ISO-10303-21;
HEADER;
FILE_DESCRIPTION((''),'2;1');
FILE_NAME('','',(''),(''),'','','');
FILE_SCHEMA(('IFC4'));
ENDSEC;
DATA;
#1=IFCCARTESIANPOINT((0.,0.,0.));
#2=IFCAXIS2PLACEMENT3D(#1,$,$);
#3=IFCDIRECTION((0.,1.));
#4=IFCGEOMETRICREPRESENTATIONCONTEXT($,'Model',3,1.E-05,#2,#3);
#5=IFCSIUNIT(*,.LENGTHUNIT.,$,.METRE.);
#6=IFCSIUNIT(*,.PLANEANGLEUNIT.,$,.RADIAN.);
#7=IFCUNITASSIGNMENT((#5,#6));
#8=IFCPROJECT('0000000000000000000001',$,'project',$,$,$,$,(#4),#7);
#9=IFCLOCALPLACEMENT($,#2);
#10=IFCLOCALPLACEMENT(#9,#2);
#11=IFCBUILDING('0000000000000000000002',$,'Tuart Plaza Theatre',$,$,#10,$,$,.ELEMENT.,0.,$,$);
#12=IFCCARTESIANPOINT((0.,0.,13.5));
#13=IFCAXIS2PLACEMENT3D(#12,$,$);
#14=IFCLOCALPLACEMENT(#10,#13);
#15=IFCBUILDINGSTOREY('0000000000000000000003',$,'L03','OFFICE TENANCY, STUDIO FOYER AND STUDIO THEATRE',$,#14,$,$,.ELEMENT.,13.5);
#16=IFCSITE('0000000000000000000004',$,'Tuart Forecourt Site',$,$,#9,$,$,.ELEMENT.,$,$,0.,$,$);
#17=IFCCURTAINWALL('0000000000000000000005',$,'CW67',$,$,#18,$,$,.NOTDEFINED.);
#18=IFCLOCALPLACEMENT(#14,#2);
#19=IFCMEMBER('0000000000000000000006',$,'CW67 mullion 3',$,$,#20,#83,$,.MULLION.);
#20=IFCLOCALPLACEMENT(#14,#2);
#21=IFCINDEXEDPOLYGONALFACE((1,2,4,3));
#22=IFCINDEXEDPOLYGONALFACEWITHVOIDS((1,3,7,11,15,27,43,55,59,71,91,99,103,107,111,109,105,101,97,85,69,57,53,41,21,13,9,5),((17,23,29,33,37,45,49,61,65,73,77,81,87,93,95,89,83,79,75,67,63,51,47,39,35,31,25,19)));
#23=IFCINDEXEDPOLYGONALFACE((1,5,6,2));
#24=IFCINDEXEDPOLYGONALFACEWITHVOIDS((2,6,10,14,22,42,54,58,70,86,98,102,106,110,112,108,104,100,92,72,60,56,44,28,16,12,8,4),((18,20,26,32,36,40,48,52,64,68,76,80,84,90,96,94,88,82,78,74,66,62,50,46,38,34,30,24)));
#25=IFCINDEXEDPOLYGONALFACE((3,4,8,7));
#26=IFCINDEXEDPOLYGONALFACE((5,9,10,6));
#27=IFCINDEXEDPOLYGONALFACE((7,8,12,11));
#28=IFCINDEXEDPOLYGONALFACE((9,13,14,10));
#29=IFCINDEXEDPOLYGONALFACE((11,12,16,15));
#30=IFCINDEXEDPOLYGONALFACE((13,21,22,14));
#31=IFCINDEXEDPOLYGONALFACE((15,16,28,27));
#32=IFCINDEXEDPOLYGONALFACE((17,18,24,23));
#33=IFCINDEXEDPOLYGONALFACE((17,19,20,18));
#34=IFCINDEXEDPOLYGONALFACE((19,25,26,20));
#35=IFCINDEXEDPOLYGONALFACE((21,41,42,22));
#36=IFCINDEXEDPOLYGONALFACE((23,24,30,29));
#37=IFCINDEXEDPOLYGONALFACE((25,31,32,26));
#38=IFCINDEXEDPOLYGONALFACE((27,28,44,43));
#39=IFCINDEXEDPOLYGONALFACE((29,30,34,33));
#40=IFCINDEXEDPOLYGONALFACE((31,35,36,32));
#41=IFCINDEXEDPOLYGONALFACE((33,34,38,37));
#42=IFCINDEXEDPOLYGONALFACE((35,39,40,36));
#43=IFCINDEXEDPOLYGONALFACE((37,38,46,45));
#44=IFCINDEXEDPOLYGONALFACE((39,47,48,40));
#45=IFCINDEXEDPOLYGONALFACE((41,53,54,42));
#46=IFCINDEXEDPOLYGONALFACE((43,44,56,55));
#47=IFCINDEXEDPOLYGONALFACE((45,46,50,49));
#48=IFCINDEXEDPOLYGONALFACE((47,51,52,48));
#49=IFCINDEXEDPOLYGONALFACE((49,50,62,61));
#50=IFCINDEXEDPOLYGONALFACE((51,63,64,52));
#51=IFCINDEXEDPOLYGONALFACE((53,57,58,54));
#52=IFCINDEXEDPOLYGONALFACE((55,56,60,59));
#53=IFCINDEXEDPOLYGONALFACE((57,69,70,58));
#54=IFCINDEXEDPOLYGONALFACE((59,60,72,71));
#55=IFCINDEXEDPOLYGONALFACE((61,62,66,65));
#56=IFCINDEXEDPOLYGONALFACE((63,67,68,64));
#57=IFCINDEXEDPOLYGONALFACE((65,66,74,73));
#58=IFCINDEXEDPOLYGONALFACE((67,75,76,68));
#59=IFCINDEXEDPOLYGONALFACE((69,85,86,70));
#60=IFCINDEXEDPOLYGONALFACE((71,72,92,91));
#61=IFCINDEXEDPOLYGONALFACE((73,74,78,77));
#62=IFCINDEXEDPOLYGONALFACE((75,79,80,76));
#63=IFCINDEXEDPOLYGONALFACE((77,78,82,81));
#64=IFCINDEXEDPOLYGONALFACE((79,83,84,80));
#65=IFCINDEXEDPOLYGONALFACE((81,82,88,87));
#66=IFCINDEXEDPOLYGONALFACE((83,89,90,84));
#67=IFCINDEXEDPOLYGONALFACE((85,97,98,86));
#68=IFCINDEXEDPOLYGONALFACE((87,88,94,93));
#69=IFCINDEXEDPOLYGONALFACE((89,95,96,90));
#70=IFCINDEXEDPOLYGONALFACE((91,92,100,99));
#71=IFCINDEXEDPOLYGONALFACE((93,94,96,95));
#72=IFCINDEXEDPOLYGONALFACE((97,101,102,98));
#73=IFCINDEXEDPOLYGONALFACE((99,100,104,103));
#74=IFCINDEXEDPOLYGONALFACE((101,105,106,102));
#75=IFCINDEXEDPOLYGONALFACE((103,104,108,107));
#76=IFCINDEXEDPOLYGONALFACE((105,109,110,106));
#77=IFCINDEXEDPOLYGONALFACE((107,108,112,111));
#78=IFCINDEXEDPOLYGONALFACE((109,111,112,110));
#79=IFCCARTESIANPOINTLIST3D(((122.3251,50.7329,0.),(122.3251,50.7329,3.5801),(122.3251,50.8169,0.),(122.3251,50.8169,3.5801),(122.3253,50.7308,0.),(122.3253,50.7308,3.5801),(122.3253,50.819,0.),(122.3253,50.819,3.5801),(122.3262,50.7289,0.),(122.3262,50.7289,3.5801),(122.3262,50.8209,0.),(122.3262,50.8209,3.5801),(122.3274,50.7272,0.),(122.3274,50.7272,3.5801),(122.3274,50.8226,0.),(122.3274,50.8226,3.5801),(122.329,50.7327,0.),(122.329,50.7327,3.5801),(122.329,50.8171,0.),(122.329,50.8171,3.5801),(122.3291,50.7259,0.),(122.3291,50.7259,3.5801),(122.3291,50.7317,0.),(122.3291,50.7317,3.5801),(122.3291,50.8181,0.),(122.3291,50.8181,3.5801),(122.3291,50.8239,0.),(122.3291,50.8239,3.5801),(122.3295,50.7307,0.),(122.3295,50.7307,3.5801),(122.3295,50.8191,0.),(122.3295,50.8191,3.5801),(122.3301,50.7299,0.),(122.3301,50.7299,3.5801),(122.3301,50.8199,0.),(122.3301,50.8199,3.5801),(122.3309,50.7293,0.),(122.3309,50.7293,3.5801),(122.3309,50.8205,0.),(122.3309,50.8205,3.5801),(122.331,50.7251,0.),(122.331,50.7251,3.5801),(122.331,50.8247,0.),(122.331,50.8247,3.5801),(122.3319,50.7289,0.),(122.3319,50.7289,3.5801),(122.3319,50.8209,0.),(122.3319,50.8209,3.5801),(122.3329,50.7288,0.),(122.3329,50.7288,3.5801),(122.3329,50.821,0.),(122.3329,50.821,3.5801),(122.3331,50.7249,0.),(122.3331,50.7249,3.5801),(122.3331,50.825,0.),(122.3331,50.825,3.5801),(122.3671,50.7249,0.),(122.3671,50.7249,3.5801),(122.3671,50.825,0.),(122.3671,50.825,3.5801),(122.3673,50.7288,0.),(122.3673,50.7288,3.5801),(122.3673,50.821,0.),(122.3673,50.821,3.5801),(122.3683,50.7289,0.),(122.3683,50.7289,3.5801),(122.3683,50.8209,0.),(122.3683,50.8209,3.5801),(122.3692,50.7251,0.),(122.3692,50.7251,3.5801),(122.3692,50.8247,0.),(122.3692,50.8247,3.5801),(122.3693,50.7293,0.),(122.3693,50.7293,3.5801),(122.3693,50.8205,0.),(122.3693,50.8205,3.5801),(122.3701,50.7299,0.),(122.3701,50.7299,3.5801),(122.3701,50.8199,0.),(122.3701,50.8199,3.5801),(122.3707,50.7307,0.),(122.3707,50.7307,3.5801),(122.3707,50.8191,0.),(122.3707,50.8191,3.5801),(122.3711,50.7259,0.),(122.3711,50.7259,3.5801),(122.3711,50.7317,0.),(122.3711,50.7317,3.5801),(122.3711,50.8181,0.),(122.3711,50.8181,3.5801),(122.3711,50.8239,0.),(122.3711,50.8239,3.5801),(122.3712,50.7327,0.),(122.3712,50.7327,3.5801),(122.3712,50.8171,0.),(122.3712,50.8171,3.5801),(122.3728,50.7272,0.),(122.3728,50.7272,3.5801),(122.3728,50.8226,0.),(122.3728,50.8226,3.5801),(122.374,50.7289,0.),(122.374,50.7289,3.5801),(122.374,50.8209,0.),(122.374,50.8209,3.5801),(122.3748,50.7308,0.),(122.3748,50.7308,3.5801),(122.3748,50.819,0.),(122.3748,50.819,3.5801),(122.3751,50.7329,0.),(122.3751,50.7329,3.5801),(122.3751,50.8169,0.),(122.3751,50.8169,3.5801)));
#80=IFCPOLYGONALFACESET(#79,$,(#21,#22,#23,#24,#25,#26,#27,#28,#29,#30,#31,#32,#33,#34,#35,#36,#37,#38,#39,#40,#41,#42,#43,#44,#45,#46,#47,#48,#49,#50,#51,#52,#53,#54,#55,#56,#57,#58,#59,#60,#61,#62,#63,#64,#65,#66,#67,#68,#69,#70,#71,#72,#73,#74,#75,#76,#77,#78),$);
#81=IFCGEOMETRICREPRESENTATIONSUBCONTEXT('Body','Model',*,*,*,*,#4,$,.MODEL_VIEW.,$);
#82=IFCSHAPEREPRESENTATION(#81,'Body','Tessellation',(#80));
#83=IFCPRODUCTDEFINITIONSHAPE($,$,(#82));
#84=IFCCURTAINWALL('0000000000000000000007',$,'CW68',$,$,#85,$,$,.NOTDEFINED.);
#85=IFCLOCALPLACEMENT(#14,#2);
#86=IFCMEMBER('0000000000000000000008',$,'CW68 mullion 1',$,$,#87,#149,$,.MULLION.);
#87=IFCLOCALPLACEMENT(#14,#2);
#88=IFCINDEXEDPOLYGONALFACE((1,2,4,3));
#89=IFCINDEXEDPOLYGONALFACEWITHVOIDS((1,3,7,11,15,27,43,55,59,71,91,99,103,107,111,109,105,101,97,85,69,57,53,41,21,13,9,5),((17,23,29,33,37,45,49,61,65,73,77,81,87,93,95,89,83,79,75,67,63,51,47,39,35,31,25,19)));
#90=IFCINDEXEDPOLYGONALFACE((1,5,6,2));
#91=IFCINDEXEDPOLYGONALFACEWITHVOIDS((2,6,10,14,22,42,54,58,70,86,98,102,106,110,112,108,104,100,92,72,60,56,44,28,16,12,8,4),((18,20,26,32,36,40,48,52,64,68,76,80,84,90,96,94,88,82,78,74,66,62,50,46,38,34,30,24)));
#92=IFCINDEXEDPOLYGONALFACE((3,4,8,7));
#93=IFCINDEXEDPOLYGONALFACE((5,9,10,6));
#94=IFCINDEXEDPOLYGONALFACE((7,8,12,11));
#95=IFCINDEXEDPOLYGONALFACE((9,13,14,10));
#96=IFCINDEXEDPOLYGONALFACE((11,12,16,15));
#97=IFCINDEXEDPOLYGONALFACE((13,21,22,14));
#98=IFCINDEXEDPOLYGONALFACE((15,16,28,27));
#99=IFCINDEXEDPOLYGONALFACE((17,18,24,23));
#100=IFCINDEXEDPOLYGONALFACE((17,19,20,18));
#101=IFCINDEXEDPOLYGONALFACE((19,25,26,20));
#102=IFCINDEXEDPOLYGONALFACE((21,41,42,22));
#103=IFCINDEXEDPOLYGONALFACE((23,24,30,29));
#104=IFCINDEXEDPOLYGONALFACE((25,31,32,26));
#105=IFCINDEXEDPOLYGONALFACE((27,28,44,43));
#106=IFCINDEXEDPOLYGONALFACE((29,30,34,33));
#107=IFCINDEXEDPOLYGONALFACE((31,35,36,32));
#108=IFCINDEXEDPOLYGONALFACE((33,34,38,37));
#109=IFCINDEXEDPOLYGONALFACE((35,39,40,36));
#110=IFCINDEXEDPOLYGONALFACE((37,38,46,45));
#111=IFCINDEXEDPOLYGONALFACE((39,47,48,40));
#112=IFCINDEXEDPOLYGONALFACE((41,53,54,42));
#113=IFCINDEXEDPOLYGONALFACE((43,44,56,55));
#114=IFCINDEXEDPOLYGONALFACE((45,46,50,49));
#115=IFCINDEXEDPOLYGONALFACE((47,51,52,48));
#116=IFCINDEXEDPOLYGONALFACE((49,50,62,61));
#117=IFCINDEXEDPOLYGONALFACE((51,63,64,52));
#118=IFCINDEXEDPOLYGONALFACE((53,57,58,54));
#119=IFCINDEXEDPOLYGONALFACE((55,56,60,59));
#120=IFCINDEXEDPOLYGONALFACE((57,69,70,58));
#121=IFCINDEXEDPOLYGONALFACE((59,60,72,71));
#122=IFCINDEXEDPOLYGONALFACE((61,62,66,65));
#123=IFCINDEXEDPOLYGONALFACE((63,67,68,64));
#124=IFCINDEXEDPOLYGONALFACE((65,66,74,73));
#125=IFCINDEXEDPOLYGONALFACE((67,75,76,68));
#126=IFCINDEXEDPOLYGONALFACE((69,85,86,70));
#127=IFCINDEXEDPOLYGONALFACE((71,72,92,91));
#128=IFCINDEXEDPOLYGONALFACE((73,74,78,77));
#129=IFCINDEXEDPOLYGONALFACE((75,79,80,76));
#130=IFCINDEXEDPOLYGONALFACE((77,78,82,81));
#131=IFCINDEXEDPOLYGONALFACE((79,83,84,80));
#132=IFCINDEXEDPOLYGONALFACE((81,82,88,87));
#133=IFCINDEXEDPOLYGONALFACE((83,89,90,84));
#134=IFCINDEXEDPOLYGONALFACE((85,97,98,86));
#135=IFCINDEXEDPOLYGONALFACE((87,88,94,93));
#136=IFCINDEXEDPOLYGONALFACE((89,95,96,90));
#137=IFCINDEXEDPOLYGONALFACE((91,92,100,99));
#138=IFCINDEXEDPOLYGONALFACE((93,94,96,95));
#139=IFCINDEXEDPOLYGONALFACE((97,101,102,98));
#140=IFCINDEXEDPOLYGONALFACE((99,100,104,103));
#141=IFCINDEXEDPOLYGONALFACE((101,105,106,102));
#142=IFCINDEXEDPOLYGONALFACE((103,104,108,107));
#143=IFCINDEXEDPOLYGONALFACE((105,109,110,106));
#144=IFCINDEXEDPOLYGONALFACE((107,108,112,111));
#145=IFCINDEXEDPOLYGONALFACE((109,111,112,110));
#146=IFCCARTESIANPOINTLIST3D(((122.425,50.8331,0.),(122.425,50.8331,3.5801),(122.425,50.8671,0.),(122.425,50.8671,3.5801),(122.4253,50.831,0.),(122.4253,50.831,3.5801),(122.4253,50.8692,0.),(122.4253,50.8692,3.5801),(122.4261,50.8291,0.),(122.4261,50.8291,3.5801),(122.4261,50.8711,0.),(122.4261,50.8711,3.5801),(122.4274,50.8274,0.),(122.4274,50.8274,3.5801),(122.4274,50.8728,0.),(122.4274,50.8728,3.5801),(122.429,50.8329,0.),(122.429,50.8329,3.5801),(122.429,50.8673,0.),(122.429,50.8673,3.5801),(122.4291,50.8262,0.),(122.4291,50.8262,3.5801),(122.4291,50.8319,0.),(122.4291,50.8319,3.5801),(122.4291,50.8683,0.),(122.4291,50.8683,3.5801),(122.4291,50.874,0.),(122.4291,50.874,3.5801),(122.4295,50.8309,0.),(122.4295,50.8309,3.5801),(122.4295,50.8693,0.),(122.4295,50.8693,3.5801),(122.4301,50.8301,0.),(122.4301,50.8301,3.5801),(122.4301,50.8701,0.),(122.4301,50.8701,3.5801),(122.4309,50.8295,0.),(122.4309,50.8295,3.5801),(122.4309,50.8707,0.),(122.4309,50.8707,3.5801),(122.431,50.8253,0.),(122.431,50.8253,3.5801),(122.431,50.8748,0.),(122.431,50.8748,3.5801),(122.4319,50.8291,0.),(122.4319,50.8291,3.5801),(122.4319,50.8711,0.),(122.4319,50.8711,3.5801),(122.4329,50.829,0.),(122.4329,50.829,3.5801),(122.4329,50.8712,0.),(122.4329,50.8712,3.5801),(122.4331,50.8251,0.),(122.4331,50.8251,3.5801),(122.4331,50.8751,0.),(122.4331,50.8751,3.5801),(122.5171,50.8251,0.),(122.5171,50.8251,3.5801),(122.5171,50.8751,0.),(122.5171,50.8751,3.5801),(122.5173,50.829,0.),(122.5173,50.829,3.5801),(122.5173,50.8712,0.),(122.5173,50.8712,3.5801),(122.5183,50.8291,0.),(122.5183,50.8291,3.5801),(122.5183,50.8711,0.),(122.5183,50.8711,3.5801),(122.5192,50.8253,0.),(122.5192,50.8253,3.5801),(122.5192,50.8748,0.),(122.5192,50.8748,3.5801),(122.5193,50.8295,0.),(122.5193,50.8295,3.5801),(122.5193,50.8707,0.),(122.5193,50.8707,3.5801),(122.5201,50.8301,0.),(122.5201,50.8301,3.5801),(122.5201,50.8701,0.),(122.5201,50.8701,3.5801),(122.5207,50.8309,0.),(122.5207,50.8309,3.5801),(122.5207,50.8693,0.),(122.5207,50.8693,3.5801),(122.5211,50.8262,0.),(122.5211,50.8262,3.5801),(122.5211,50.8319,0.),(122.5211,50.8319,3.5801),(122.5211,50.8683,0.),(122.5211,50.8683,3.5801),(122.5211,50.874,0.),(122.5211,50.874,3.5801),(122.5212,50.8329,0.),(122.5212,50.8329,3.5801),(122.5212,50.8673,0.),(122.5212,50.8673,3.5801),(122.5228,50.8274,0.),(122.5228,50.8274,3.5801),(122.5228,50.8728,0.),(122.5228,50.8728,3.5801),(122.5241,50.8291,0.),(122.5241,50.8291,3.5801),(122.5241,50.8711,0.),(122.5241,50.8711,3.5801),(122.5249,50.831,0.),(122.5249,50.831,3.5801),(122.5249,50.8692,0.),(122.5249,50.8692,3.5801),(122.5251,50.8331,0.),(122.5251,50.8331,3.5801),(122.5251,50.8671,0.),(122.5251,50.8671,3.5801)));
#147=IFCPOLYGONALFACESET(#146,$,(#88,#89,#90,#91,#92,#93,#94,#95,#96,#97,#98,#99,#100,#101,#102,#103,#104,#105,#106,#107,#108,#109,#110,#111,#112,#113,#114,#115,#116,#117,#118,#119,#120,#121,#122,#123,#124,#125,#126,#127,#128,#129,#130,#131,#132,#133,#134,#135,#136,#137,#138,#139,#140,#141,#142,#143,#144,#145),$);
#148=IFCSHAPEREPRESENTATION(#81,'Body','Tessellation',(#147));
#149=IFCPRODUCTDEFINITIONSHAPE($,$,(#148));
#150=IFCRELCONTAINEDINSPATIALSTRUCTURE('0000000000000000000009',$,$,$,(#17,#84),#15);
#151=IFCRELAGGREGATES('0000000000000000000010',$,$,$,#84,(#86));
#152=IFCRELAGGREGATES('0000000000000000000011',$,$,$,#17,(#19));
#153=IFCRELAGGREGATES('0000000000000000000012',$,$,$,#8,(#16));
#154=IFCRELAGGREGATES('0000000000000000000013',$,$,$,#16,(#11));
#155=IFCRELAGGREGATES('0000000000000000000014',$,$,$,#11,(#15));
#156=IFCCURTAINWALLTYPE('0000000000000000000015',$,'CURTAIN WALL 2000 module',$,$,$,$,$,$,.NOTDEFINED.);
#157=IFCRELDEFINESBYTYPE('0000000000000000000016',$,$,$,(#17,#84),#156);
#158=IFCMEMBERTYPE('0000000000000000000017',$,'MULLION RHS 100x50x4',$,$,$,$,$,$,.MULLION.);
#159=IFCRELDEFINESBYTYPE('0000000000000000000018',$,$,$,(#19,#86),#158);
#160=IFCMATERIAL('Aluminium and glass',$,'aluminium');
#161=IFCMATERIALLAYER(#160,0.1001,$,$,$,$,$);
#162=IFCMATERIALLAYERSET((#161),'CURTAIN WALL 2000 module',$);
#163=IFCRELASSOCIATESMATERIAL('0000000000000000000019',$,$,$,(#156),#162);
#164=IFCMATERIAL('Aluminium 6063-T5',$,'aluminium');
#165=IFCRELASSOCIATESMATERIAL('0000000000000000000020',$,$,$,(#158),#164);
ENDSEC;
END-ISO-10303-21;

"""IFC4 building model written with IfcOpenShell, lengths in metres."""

from ifc_helpers import new_model, si_unit, direction, frame, origin, origin_2d, place, context, subcontext, project, spatial, hollow_rectangle, extrude, material, layer, layer_set, material_profile, profile_set, type_object, element, aggregate, save


model = new_model("IFC4")

# Units and contexts
model_context = context("Model", 3, precision=1e-05, world=origin(), true_north=direction((0.0, 1.0)))
body_context = subcontext(model_context, "Body", "Model", "MODEL_VIEW")
ifc_project = project(units=[si_unit("LENGTHUNIT", "METRE"), si_unit("PLANEANGLEUNIT", "RADIAN")], contexts=[model_context])

# Site, building, storey
site_placement = place(None, origin())
site = spatial("IfcSite", under=ifc_project, at=site_placement, Name="Tuart Forecourt Site", CompositionType="ELEMENT", RefElevation=0.0)
building_placement = place(site_placement, origin())
building = spatial("IfcBuilding", under=site, at=building_placement, Name="Tuart Plaza Theatre", CompositionType="ELEMENT", ElevationOfRefHeight=0.0)
storey_placement = place(building_placement, frame((0.0, 0.0, 13.5)))
storey = spatial("IfcBuildingStorey", under=building, at=storey_placement, Name="L03", Description="OFFICE TENANCY, STUDIO FOYER AND STUDIO THEATRE", CompositionType="ELEMENT", Elevation=13.5)

# Curtain wall, member
ifc_material_1 = material(Name="Aluminium and glass", Category="aluminium")
ifc_layer_1 = layer(ifc_material_1, 0.1001)
ifc_layer_set_1 = layer_set([ifc_layer_1], Name="CURTAIN WALL 2000 module")
curtain_wall_type = type_object("IfcCurtainWallType", Name="CURTAIN WALL 2000 module", PredefinedType="NOTDEFINED", material=ifc_layer_set_1)
curtain_wall_1_placement = place(storey_placement, origin())
curtain_wall_1 = element("IfcCurtainWall", 1, at=curtain_wall_1_placement, inside=storey, type_object=curtain_wall_type, Name="CW67", PredefinedType="NOTDEFINED")
ifc_material_2 = material(Name="Aluminium 6063-T5", Category="aluminium")
ifc_material_profile_1 = material_profile(ifc_material_2, hollow_rectangle(XDim=0.05, YDim=0.1001, WallThickness=0.0039, InnerFilletRadius=0.0039, OuterFilletRadius=0.0081, at=origin_2d()), Name="RHS 100x50x4")
ifc_profile_set_1 = profile_set([ifc_material_profile_1], Name="Aluminium 6063-T5")
member_type_1 = type_object("IfcMemberType", Name="MULLION RHS 100x50x4", PredefinedType="MULLION", material=ifc_profile_set_1)
member_1_placement = place(storey_placement, frame((122.3501, 50.7749, 0.0), z_axis=(0.0, 0.0, 1.0), x_axis=(1.0, 0.0, 0.0)))
member_1 = element("IfcMember", 2, at=member_1_placement, type_object=member_type_1, Name="CW67 mullion 3", PredefinedType="MULLION", context=body_context, shape_type="SweptSolid", body=[
    extrude(hollow_rectangle(XDim=0.05, YDim=0.1001, WallThickness=0.0039, InnerFilletRadius=0.0039, OuterFilletRadius=0.0081, at=origin_2d()), origin(), (0.0, 0.0, 1.0), 3.5801),
])

# Curtain wall, member
curtain_wall_2_placement = place(storey_placement, origin())
curtain_wall_2 = element("IfcCurtainWall", 3, at=curtain_wall_2_placement, inside=storey, type_object=curtain_wall_type, Name="CW68", PredefinedType="NOTDEFINED")
member_2_placement = place(storey_placement, frame((122.4751, 50.8501, 0.0), z_axis=(0.0, 0.0, 1.0), x_axis=(0.0, 1.0, 0.0)))
member_2 = element("IfcMember", 4, at=member_2_placement, type_object=member_type_1, Name="CW68 mullion 1", PredefinedType="MULLION", context=body_context, shape_type="SweptSolid", body=[
    extrude(hollow_rectangle(XDim=0.05, YDim=0.1001, WallThickness=0.0039, InnerFilletRadius=0.0039, OuterFilletRadius=0.0081, at=origin_2d()), origin(), (0.0, 0.0, 1.0), 3.5801),
])
aggregate(curtain_wall_2, [member_2])

aggregate(curtain_wall_1, [member_1])

save(model, "model.ifc")
